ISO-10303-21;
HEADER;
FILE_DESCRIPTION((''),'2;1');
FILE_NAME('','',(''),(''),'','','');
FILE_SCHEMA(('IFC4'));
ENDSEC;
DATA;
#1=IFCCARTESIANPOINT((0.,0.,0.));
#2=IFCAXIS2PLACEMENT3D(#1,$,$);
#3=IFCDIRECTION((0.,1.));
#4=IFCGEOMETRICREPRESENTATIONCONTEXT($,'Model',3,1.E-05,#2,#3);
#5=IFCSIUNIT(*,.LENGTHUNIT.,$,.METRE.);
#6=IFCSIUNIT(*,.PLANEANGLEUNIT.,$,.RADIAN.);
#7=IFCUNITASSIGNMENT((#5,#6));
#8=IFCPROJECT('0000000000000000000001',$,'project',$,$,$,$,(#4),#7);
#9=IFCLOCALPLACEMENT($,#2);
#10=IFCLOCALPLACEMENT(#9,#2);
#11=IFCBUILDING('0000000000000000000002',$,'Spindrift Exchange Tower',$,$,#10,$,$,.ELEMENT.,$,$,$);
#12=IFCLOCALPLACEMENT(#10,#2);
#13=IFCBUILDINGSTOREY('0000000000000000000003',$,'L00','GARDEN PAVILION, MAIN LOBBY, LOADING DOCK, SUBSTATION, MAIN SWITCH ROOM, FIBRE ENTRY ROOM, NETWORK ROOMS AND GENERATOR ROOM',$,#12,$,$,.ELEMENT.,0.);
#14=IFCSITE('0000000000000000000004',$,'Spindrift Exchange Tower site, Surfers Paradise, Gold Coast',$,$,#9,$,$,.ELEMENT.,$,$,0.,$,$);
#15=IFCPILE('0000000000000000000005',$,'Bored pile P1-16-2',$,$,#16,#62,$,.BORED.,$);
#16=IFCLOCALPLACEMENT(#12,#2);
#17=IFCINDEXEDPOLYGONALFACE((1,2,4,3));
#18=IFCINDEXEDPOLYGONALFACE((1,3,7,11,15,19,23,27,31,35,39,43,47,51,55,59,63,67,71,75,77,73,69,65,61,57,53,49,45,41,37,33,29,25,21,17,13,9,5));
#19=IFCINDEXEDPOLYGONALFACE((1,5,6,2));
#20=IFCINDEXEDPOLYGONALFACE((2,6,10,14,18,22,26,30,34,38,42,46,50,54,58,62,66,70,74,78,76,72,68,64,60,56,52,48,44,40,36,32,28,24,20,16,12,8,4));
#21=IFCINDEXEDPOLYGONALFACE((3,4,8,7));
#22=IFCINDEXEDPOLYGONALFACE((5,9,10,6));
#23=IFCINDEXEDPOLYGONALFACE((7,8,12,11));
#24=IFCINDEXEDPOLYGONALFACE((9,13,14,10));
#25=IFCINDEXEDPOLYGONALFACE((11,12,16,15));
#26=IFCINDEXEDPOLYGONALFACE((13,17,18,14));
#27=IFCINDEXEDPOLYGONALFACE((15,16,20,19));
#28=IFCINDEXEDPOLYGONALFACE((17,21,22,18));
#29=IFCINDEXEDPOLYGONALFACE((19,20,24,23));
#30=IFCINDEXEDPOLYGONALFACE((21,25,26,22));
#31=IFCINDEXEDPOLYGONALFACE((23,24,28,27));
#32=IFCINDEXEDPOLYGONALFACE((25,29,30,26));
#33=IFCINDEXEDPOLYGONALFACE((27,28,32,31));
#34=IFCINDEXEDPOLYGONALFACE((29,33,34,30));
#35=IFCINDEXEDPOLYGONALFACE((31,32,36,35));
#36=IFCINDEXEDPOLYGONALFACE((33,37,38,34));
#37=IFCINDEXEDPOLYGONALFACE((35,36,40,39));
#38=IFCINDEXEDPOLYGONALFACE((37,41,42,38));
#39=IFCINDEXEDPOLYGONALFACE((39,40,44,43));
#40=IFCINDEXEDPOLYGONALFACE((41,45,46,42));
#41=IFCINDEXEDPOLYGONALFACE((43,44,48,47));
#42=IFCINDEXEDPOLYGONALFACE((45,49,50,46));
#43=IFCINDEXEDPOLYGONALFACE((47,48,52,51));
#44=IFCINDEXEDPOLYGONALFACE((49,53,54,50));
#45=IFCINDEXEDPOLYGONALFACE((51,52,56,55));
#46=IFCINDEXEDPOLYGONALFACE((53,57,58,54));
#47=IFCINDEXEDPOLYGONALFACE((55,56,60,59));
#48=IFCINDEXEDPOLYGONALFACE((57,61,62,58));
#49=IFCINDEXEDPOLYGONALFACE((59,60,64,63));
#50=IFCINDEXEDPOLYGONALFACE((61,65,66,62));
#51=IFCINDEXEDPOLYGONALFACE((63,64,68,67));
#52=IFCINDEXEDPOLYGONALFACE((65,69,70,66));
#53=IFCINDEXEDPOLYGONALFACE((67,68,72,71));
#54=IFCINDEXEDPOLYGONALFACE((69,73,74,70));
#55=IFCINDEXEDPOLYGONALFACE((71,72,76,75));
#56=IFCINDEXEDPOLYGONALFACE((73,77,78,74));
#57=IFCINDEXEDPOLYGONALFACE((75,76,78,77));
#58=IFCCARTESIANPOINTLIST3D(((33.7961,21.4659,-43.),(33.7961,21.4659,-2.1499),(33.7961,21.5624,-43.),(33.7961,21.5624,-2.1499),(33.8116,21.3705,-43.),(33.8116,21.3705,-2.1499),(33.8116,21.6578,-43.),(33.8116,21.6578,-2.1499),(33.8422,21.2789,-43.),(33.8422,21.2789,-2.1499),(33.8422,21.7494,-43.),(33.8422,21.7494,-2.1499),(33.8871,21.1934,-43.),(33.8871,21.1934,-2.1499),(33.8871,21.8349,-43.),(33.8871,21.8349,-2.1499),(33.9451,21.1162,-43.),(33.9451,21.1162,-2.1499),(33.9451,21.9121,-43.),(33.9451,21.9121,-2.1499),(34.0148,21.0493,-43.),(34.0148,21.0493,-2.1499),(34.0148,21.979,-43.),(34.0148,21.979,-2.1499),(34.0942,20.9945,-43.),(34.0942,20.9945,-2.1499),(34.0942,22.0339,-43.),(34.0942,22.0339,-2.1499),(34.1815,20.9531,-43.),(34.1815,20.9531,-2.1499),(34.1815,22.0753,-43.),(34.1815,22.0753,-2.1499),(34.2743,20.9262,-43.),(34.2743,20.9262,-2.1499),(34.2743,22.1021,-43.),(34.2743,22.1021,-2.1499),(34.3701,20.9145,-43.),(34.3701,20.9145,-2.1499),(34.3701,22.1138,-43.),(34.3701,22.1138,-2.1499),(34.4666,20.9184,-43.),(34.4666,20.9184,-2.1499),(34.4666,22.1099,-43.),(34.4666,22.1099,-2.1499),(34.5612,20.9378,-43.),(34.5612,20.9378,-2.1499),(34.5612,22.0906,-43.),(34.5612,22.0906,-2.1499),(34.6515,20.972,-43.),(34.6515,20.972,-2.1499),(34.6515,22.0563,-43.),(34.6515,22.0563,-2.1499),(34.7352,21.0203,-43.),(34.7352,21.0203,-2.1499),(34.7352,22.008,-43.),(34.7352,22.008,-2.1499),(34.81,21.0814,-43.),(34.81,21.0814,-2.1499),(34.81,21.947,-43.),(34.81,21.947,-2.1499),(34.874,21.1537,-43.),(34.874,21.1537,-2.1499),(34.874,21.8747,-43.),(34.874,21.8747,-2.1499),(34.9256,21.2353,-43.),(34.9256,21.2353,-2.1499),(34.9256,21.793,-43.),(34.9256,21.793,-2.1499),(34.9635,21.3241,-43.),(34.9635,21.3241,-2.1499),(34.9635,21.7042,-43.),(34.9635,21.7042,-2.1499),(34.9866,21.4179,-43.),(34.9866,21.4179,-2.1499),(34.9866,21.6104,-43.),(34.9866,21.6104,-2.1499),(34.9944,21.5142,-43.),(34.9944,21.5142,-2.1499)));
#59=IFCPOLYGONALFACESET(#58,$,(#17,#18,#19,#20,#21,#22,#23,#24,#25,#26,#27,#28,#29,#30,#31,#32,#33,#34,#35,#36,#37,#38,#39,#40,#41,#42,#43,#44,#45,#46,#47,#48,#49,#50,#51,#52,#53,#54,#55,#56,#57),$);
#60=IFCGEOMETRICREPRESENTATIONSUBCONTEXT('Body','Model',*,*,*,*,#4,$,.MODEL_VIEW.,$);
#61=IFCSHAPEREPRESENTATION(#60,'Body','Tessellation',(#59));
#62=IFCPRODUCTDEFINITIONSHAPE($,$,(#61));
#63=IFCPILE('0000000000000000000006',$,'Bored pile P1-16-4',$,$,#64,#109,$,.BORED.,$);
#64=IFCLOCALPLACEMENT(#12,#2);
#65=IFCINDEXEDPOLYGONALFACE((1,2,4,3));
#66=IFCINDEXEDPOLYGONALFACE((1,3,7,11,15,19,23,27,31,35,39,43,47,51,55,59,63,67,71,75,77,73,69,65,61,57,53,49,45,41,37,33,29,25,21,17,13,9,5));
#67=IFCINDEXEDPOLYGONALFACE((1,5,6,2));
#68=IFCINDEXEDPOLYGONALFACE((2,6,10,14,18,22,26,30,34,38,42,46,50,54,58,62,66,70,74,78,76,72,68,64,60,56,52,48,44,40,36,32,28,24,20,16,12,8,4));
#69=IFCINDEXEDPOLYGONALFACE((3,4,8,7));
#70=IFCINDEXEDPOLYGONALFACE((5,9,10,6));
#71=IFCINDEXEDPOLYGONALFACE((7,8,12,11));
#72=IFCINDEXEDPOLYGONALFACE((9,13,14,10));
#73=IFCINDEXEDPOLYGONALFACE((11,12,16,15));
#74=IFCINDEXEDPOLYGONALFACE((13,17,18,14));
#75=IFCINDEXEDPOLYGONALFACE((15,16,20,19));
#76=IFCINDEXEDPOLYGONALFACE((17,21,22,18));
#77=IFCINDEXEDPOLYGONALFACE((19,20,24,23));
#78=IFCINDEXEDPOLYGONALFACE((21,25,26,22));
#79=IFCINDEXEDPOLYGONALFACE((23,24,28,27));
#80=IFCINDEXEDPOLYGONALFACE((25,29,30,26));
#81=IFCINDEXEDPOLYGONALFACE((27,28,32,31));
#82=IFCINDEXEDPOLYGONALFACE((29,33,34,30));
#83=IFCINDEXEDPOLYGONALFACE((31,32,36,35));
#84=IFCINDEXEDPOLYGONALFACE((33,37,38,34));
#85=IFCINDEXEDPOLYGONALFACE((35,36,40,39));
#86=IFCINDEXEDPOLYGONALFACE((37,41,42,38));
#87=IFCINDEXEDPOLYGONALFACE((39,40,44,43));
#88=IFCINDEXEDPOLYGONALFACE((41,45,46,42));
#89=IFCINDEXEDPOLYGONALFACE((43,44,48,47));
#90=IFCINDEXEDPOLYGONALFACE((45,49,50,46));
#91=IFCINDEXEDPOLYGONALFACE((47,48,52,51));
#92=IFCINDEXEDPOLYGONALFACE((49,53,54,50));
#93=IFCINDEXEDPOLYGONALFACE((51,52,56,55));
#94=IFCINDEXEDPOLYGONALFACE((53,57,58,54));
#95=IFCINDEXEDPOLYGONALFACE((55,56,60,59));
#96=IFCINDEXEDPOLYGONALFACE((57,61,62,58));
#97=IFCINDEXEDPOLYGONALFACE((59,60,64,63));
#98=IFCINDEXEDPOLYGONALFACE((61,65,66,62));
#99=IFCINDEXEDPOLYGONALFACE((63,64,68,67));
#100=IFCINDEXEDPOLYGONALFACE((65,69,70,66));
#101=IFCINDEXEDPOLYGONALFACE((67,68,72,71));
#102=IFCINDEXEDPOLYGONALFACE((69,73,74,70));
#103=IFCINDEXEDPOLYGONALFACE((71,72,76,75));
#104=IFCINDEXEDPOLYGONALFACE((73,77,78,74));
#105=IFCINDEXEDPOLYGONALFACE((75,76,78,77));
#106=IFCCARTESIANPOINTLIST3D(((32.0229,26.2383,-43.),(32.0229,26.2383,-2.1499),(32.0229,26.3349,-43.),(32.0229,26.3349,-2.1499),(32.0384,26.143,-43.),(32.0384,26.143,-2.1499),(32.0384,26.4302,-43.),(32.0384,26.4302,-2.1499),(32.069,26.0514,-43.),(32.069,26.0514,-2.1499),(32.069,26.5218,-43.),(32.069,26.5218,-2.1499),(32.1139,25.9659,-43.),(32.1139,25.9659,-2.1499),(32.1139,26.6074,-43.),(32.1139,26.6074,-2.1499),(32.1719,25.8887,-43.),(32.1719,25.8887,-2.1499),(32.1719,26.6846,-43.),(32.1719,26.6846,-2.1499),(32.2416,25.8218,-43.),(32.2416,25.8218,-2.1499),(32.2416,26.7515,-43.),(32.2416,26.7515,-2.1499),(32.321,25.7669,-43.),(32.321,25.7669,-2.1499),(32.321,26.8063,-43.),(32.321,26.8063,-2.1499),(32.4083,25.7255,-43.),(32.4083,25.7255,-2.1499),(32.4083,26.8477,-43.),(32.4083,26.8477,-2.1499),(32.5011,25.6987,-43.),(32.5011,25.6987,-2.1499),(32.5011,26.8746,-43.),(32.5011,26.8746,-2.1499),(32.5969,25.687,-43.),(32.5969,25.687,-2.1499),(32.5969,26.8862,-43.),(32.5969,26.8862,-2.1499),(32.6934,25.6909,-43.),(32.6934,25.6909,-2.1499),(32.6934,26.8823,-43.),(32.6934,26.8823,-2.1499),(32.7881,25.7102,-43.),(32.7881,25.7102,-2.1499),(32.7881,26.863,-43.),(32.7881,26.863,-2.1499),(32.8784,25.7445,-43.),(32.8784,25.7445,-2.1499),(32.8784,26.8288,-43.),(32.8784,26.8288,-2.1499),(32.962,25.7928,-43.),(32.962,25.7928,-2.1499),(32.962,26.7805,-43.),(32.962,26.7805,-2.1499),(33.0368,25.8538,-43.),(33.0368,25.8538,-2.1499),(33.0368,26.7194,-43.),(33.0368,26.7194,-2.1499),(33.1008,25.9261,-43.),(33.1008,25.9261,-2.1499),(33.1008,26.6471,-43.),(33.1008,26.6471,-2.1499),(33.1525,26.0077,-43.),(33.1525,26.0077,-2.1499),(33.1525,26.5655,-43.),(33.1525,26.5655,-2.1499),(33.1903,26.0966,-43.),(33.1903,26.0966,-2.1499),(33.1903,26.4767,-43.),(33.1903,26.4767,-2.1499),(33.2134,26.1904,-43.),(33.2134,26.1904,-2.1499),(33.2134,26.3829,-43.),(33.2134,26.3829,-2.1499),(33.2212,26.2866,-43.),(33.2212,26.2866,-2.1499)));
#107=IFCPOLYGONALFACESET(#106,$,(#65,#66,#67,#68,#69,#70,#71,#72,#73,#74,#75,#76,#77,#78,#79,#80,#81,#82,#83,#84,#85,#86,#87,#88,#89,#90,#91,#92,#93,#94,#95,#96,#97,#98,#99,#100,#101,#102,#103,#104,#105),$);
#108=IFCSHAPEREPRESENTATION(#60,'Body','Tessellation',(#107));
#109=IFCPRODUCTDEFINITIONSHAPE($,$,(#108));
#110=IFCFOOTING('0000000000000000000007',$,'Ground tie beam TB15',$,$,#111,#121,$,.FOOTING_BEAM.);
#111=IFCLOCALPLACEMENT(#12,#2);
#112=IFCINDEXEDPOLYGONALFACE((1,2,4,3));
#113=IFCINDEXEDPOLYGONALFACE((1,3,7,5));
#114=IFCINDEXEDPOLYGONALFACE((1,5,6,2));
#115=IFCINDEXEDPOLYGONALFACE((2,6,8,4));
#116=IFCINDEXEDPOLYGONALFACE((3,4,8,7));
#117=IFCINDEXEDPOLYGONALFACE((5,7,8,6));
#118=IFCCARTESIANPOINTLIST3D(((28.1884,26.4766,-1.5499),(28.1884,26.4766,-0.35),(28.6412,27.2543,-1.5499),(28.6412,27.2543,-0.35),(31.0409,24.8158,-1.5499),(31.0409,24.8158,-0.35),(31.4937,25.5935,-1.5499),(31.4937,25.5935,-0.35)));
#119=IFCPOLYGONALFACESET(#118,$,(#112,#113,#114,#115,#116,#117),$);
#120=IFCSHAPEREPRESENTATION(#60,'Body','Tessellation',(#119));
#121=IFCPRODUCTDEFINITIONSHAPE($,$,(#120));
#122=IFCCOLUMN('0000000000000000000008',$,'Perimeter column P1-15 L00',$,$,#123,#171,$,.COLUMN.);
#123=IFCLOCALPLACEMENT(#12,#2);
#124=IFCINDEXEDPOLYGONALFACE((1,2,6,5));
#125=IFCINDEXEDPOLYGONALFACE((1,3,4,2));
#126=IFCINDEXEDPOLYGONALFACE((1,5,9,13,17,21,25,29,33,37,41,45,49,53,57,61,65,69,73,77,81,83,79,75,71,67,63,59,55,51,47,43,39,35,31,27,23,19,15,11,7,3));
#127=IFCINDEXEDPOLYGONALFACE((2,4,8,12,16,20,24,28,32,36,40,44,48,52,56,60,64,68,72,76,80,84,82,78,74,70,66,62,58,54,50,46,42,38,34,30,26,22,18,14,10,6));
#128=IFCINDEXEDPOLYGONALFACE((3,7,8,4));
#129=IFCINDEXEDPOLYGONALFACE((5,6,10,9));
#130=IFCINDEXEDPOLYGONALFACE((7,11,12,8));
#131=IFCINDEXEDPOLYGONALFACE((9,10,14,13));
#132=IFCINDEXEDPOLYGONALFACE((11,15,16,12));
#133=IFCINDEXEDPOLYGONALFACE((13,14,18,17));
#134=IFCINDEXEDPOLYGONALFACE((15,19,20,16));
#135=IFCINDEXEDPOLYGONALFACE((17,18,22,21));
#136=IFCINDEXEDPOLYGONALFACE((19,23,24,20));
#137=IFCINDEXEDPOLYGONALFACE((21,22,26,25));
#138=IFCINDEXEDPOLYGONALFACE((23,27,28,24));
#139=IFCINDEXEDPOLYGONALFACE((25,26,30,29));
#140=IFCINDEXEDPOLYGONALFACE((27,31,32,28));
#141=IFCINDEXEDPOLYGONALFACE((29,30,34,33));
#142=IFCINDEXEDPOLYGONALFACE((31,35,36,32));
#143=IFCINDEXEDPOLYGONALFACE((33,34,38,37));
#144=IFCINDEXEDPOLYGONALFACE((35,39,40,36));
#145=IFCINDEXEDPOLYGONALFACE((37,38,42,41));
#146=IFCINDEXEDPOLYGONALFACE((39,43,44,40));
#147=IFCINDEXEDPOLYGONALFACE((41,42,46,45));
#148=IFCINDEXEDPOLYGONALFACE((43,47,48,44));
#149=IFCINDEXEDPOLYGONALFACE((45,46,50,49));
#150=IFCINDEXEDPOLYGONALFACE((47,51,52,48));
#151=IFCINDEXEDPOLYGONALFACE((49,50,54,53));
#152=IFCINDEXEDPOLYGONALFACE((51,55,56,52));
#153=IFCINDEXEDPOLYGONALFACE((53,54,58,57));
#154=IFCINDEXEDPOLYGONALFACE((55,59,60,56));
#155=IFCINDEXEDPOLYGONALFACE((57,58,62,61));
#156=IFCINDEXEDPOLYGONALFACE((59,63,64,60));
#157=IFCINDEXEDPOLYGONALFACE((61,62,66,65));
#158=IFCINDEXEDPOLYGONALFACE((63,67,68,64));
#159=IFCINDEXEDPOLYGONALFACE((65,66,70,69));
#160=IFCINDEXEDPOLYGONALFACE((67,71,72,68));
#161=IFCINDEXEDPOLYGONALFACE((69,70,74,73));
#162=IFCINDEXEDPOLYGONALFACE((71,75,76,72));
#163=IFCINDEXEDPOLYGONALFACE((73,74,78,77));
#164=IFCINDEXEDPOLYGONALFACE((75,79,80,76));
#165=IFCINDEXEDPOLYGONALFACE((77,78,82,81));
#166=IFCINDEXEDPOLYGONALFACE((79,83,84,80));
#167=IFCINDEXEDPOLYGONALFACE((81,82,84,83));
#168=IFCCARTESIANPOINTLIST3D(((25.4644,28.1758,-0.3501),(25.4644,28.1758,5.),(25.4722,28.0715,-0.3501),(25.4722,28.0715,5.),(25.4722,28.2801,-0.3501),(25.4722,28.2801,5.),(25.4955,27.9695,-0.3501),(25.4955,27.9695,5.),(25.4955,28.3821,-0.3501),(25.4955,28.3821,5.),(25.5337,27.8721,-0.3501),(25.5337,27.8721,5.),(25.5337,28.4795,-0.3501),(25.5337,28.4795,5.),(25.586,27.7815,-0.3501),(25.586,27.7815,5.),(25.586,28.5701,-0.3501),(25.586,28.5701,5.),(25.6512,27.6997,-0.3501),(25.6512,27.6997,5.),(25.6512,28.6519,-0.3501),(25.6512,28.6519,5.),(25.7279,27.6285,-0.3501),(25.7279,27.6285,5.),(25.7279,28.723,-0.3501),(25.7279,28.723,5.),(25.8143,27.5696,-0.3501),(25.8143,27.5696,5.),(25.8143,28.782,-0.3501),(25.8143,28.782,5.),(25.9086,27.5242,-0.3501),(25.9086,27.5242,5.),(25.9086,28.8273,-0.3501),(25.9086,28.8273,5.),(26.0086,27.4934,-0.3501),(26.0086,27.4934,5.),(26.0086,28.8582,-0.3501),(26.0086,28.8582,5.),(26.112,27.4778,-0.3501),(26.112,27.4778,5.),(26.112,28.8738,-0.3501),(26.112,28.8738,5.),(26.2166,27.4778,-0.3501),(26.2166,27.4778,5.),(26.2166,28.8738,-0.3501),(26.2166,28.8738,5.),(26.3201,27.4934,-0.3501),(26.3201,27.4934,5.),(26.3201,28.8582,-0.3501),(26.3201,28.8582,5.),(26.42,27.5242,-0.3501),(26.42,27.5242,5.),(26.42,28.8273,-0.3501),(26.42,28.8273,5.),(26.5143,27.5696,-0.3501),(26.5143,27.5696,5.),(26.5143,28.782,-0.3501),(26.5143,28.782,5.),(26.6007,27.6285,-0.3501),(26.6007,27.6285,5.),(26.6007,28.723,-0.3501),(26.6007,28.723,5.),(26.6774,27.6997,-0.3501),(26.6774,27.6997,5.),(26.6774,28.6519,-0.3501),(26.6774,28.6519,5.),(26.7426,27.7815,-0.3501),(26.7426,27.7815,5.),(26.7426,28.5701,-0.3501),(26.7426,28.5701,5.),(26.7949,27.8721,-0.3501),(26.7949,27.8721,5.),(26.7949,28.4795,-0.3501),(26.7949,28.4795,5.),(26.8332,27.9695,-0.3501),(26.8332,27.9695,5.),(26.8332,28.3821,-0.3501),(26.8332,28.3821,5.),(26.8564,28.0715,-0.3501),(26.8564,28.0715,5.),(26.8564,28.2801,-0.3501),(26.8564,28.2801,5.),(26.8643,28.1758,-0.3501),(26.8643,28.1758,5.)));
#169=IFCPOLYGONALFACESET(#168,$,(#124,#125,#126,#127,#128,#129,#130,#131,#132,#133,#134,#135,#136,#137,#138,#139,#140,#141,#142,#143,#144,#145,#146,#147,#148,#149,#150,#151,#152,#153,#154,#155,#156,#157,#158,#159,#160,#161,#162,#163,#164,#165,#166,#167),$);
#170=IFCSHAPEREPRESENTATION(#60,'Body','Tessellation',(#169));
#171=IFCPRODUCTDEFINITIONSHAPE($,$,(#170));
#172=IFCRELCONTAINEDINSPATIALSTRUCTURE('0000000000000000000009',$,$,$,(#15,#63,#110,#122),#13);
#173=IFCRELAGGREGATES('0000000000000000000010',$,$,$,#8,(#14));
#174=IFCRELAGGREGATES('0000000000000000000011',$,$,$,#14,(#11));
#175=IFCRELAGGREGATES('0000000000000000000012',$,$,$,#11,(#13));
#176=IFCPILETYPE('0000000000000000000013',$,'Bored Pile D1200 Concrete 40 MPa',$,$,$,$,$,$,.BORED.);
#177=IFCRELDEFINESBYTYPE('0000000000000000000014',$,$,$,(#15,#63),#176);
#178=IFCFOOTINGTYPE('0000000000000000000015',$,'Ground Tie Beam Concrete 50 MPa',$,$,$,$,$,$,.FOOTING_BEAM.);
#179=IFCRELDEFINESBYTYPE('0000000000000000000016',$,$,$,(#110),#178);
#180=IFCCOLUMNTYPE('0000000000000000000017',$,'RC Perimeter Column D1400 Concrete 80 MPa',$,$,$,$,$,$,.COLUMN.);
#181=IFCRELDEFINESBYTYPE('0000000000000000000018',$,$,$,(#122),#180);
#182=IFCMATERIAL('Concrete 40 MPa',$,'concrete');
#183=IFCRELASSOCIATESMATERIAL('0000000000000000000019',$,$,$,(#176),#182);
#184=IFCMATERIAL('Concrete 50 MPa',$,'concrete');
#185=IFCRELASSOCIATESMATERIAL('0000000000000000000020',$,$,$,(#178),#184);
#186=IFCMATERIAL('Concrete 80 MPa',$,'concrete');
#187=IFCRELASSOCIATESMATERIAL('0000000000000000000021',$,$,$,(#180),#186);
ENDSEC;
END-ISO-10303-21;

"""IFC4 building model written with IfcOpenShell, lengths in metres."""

from ifc_helpers import new_model, si_unit, direction, frame, origin, origin_2d, place, context, subcontext, project, spatial, rectangle, circle, extrude, source, transform, mapped, material, material_profile, profile_set, type_object, element, save


model = new_model("IFC4")

# Units and contexts
model_context = context("Model", 3, precision=1e-05, world=origin(), true_north=direction((0.0, 1.0)))
body_context = subcontext(model_context, "Body", "Model", "MODEL_VIEW")
ifc_project = project(units=[si_unit("LENGTHUNIT", "METRE"), si_unit("PLANEANGLEUNIT", "RADIAN")], contexts=[model_context])

# Site, building, storey
site_placement = place(None, origin())
site = spatial("IfcSite", under=ifc_project, at=site_placement, Name="Spindrift Exchange Tower site, Surfers Paradise, Gold Coast", CompositionType="ELEMENT", RefElevation=0.0)
building_placement = place(site_placement, origin())
building = spatial("IfcBuilding", under=site, at=building_placement, Name="Spindrift Exchange Tower", CompositionType="ELEMENT")
storey_placement = place(building_placement, origin())
storey = spatial("IfcBuildingStorey", under=building, at=storey_placement, Name="L00", Description="GARDEN PAVILION, MAIN LOBBY, LOADING DOCK, SUBSTATION, MAIN SWITCH ROOM, FIBRE ENTRY ROOM, NETWORK ROOMS AND GENERATOR ROOM", CompositionType="ELEMENT", Elevation=0.0)

# Piles
ifc_material_1 = material(Name="Concrete 40 MPa", Category="concrete")
ifc_material_profile_1 = material_profile(ifc_material_1, circle(Radius=0.6001, at=origin_2d()), Name="BP D1200")
ifc_profile_set_1 = profile_set([ifc_material_profile_1], Name="Concrete 40 MPa")
pile_type = type_object("IfcPileType", Name="Bored Pile D1200 Concrete 40 MPa", PredefinedType="BORED", material=ifc_profile_set_1)
shared_shape_1 = source(origin(), body_context, "Body", "SweptSolid", [
    extrude(circle(Radius=0.6001, at=origin_2d()), origin(), (0.0, 0.0, 1.0), 40.8501),
])
for number, where, z_axis, x_axis, name in (
    (1, (34.3943, 21.5142, -2.1499), (0.0, 0.0, -1.0), (1.0, 0.0, 0.0), "Bored pile P1-16-2"),
    (2, (32.6211, 26.2866, -2.1499), (0.0, 0.0, -1.0), (1.0, 0.0, 0.0), "Bored pile P1-16-4"),
):
    element("IfcPile", number, at=place(storey_placement, frame(where, z_axis=z_axis, x_axis=x_axis)), inside=storey, type_object=pile_type, Name=name, PredefinedType="BORED", context=body_context, shape_type="MappedRepresentation", body=[
        mapped(shared_shape_1, transform((0.0, 0.0, 0.0), scale=1.0)),
    ])

# Footing
ifc_material_2 = material(Name="Concrete 50 MPa", Category="concrete")
ifc_material_profile_2 = material_profile(ifc_material_2, rectangle(XDim=0.8999, YDim=1.2, at=origin_2d()), Name="RC 900x1200")
ifc_profile_set_2 = profile_set([ifc_material_profile_2], Name="Concrete 50 MPa")
footing_type = type_object("IfcFootingType", Name="Ground Tie Beam Concrete 50 MPa", PredefinedType="FOOTING_BEAM", material=ifc_profile_set_2)
shared_shape_2 = source(origin(), body_context, "Body", "SweptSolid", [
    extrude(rectangle(XDim=0.8999, YDim=1.2, at=origin_2d()), origin(), (0.0, 0.0, 1.0), 3.3008),
])
footing_placement = place(storey_placement, frame((28.4148, 26.8655, -0.95), z_axis=(0.864186, -0.503172, 0.0), x_axis=(0.503172, 0.864186, 0.0)))
element("IfcFooting", 3, at=footing_placement, inside=storey, type_object=footing_type, Name="Ground tie beam TB15", PredefinedType="FOOTING_BEAM", context=body_context, shape_type="MappedRepresentation", body=[
    mapped(shared_shape_2, transform((0.0, 0.0, 0.0), scale=1.0)),
])

# Column
ifc_material_3 = material(Name="Concrete 80 MPa", Category="concrete")
ifc_material_profile_3 = material_profile(ifc_material_3, circle(Radius=0.7, at=origin_2d()), Name="RC D1400")
ifc_profile_set_3 = profile_set([ifc_material_profile_3], Name="Concrete 80 MPa")
column_type = type_object("IfcColumnType", Name="RC Perimeter Column D1400 Concrete 80 MPa", PredefinedType="COLUMN", material=ifc_profile_set_3)
shared_shape_3 = source(origin(), body_context, "Body", "SweptSolid", [
    extrude(circle(Radius=0.7, at=origin_2d()), origin(), (0.0, 0.0, 1.0), 5.3501),
])
for number, where, z_axis, x_axis, name in (
    (4, (26.1643, 28.1758, -0.3501), (0.0, 0.0, 1.0), (1.0, 0.0, 0.0), "Perimeter column P1-15 L00"),
):
    element("IfcColumn", number, at=place(storey_placement, frame(where, z_axis=z_axis, x_axis=x_axis)), inside=storey, type_object=column_type, Name=name, PredefinedType="COLUMN", context=body_context, shape_type="MappedRepresentation", body=[
        mapped(shared_shape_3, transform((0.0, 0.0, 0.0), scale=1.0)),
    ])

save(model, "model.ifc")
